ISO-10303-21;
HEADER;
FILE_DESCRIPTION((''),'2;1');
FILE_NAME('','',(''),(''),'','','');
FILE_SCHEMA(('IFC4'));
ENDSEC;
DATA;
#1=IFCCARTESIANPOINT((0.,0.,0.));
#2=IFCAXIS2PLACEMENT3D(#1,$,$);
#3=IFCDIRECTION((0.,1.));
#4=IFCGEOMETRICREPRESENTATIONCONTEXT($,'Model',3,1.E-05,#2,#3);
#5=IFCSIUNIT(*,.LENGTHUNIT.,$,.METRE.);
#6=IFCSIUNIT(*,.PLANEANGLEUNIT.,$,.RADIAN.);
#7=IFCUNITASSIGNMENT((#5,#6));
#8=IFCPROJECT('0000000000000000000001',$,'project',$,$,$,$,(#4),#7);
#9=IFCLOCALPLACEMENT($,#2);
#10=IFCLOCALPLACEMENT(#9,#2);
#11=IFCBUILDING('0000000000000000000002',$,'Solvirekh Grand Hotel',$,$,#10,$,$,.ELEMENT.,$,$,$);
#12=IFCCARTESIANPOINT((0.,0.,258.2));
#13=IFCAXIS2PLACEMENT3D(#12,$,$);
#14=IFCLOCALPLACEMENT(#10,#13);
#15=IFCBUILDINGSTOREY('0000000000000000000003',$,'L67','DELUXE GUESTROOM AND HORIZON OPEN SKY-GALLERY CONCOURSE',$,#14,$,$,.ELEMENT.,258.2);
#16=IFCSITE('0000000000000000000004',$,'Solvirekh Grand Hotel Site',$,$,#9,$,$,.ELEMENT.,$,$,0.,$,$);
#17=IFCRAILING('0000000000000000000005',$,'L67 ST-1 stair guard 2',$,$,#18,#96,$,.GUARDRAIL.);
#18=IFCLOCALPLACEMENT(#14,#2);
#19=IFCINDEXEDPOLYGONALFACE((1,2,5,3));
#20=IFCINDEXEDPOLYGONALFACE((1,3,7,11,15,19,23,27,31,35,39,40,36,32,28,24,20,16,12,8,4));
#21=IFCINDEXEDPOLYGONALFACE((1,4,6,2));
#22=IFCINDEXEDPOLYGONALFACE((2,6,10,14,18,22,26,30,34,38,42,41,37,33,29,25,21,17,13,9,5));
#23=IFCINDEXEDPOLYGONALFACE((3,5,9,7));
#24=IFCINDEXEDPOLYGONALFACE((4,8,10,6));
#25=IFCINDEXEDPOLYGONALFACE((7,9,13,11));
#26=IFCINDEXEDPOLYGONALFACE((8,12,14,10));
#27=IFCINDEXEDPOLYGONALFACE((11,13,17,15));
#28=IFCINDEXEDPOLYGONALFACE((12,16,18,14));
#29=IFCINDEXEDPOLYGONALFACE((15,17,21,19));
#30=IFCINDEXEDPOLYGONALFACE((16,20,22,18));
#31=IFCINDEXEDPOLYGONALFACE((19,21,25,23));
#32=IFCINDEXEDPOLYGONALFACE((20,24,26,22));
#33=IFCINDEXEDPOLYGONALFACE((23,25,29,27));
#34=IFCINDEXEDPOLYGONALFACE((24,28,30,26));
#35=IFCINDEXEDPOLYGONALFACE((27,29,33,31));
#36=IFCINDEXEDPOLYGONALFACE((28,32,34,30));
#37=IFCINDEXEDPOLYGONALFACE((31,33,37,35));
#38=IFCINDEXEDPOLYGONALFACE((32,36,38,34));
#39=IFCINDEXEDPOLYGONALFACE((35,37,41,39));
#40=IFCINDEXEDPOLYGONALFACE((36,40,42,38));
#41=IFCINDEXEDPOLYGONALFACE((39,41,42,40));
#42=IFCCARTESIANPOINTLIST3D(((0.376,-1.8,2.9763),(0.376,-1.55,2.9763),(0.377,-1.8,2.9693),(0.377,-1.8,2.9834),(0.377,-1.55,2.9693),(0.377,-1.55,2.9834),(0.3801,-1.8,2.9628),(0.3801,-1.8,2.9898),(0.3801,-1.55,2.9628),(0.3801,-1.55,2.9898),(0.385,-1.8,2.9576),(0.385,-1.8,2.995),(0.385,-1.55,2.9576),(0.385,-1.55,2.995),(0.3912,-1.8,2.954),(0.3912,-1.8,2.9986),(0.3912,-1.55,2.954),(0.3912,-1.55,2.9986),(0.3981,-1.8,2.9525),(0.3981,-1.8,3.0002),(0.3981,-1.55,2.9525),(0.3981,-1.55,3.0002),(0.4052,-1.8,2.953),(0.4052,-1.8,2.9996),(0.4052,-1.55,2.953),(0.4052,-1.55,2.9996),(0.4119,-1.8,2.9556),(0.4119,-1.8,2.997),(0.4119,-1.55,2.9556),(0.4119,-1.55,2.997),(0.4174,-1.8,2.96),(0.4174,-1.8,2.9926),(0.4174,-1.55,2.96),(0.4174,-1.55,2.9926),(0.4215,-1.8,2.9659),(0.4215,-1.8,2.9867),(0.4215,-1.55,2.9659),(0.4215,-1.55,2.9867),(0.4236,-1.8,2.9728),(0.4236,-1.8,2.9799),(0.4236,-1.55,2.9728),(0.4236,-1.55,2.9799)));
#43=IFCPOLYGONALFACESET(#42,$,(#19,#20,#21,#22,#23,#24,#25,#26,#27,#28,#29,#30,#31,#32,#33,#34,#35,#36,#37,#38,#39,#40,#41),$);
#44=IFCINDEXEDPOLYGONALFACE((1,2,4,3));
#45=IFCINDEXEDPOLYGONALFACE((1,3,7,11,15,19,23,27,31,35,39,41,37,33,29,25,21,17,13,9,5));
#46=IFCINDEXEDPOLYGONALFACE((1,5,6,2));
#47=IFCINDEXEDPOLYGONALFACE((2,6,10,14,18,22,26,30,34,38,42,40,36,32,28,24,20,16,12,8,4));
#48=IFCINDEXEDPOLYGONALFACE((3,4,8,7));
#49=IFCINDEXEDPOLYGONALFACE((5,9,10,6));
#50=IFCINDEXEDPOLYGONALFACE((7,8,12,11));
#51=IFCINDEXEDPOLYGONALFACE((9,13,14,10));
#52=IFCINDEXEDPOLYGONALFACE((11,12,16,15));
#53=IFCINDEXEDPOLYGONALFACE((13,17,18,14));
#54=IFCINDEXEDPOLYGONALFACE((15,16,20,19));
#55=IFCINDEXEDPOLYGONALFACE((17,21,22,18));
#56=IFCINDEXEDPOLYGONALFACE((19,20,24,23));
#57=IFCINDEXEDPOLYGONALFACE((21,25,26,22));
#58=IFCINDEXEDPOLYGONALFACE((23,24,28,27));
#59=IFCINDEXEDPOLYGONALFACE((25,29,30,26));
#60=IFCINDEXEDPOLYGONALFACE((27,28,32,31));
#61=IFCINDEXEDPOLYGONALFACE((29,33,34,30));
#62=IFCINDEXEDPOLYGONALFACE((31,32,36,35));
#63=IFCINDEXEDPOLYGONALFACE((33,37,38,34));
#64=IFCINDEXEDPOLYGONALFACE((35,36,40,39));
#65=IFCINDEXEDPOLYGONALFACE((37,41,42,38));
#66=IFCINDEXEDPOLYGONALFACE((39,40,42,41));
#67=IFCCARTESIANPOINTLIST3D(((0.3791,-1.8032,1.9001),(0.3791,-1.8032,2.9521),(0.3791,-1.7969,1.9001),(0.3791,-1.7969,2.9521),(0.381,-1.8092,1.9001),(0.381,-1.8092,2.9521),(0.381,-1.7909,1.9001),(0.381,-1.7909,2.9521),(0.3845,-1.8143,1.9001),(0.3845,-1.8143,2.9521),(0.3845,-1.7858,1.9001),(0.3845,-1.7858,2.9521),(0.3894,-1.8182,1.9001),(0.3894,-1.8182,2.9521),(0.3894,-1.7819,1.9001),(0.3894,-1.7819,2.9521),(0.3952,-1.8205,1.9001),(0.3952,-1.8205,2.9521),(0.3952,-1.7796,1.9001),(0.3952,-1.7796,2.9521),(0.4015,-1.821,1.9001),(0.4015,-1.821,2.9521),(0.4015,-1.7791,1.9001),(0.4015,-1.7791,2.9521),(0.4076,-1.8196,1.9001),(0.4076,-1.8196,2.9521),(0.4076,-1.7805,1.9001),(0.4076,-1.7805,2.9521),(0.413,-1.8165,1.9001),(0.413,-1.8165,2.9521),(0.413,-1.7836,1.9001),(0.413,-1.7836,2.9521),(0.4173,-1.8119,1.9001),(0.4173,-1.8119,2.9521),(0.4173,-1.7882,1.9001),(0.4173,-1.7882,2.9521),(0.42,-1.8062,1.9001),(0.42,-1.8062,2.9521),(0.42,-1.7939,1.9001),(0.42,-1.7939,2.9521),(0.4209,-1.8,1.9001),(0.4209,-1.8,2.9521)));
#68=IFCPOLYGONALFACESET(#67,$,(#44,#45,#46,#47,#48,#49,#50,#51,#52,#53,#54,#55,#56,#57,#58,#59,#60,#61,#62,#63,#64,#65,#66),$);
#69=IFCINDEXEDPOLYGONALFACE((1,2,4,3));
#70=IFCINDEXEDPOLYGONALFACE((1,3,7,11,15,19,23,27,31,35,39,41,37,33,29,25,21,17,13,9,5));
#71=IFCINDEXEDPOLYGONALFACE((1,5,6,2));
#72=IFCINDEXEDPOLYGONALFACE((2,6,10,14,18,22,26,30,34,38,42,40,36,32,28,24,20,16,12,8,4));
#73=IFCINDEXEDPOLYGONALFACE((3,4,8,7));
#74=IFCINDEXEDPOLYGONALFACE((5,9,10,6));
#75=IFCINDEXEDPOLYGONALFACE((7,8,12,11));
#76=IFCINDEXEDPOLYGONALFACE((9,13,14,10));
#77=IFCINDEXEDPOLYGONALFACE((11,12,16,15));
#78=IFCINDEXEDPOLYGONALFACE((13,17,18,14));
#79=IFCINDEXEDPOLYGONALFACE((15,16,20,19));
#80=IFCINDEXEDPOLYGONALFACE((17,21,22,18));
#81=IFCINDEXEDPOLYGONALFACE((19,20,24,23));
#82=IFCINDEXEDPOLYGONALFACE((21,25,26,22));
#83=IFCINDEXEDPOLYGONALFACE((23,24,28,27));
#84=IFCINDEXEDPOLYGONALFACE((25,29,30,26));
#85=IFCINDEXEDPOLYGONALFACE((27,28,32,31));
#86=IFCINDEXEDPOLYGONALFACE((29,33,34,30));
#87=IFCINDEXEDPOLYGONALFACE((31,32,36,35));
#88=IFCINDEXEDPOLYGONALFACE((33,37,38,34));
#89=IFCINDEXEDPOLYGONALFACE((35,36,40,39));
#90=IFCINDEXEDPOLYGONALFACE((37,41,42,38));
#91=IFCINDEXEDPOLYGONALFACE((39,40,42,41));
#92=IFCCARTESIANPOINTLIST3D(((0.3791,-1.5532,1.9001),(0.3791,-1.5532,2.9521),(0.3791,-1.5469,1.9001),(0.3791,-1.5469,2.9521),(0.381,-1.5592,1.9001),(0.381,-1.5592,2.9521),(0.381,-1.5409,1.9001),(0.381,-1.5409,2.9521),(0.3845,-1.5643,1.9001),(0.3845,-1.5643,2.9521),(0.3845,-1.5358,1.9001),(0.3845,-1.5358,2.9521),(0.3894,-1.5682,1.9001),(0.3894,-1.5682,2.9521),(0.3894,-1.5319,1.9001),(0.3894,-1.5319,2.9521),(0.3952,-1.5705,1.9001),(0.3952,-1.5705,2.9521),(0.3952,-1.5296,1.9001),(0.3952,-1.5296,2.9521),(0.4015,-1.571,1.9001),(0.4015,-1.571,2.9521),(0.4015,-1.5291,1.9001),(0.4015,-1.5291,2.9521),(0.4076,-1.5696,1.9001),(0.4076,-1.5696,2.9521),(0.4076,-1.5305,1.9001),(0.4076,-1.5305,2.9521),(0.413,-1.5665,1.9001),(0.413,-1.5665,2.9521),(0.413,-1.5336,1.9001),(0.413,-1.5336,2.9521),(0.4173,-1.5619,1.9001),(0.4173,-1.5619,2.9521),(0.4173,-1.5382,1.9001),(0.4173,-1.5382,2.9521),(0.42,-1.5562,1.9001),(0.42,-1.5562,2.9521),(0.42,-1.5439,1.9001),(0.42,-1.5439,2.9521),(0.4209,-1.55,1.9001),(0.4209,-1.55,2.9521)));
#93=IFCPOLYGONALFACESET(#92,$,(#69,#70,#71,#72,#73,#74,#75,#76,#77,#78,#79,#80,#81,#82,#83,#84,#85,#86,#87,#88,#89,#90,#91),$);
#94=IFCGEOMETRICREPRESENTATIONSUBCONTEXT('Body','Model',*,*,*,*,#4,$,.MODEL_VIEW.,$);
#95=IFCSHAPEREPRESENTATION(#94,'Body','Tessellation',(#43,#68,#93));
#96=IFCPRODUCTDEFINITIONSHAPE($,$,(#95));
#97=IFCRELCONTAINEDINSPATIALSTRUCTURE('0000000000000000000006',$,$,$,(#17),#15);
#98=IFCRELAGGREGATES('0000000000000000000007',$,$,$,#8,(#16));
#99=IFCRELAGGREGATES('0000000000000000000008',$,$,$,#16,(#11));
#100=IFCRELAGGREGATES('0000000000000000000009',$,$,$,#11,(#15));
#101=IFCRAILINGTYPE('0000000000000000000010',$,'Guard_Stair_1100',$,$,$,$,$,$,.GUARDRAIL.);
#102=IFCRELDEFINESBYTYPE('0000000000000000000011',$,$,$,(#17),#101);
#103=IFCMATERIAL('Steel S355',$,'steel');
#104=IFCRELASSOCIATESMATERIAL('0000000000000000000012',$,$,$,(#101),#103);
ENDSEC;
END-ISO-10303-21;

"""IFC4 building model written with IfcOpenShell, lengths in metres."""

from ifc_helpers import new_model, si_unit, direction, frame, origin, origin_2d, place, context, subcontext, project, spatial, circle, extrude, material, type_object, element, save


model = new_model("IFC4")

# Units and contexts
model_context = context("Model", 3, precision=1e-05, world=origin(), true_north=direction((0.0, 1.0)))
body_context = subcontext(model_context, "Body", "Model", "MODEL_VIEW")
ifc_project = project(units=[si_unit("LENGTHUNIT", "METRE"), si_unit("PLANEANGLEUNIT", "RADIAN")], contexts=[model_context])

# Site, building, storey
site_placement = place(None, origin())
site = spatial("IfcSite", under=ifc_project, at=site_placement, Name="Solvirekh Grand Hotel Site", CompositionType="ELEMENT", RefElevation=0.0)
building_placement = place(site_placement, origin())
building = spatial("IfcBuilding", under=site, at=building_placement, Name="Solvirekh Grand Hotel", CompositionType="ELEMENT")
storey_placement = place(building_placement, frame((0.0, 0.0, 258.2)))
storey = spatial("IfcBuildingStorey", under=building, at=storey_placement, Name="L67", Description="DELUXE GUESTROOM AND HORIZON OPEN SKY-GALLERY CONCOURSE", CompositionType="ELEMENT", Elevation=258.2)

# Shared definitions
ifc_material_1 = material(Name="Steel S355", Category="steel")

# Railing
railing_type_1 = type_object("IfcRailingType", Name="Guard_Stair_1100", PredefinedType="GUARDRAIL", material=ifc_material_1)
railing_1_placement = place(storey_placement, frame((0.3999, -1.8, 1.9001)))
element("IfcRailing", 1, at=railing_1_placement, inside=storey, type_object=railing_type_1, Name="L67 ST-1 stair guard 2", PredefinedType="GUARDRAIL", context=body_context, shape_type="SweptSolid", body=[
    extrude(circle(Radius=0.0239, at=origin_2d()), frame((0.0, 0.0, 1.0762), z_axis=(0.0, 1.0, 0.0), x_axis=(-1.0, 0.0, 0.0)), (0.0, 0.0, 1.0), 0.25),
    extrude(circle(Radius=0.021, at=origin_2d()), origin(), (0.0, 0.0, 1.0), 1.052),
    extrude(circle(Radius=0.021, at=origin_2d()), frame((0.0, 0.25, 0.0)), (0.0, 0.0, 1.0), 1.052),
])

save(model, "model.ifc")
